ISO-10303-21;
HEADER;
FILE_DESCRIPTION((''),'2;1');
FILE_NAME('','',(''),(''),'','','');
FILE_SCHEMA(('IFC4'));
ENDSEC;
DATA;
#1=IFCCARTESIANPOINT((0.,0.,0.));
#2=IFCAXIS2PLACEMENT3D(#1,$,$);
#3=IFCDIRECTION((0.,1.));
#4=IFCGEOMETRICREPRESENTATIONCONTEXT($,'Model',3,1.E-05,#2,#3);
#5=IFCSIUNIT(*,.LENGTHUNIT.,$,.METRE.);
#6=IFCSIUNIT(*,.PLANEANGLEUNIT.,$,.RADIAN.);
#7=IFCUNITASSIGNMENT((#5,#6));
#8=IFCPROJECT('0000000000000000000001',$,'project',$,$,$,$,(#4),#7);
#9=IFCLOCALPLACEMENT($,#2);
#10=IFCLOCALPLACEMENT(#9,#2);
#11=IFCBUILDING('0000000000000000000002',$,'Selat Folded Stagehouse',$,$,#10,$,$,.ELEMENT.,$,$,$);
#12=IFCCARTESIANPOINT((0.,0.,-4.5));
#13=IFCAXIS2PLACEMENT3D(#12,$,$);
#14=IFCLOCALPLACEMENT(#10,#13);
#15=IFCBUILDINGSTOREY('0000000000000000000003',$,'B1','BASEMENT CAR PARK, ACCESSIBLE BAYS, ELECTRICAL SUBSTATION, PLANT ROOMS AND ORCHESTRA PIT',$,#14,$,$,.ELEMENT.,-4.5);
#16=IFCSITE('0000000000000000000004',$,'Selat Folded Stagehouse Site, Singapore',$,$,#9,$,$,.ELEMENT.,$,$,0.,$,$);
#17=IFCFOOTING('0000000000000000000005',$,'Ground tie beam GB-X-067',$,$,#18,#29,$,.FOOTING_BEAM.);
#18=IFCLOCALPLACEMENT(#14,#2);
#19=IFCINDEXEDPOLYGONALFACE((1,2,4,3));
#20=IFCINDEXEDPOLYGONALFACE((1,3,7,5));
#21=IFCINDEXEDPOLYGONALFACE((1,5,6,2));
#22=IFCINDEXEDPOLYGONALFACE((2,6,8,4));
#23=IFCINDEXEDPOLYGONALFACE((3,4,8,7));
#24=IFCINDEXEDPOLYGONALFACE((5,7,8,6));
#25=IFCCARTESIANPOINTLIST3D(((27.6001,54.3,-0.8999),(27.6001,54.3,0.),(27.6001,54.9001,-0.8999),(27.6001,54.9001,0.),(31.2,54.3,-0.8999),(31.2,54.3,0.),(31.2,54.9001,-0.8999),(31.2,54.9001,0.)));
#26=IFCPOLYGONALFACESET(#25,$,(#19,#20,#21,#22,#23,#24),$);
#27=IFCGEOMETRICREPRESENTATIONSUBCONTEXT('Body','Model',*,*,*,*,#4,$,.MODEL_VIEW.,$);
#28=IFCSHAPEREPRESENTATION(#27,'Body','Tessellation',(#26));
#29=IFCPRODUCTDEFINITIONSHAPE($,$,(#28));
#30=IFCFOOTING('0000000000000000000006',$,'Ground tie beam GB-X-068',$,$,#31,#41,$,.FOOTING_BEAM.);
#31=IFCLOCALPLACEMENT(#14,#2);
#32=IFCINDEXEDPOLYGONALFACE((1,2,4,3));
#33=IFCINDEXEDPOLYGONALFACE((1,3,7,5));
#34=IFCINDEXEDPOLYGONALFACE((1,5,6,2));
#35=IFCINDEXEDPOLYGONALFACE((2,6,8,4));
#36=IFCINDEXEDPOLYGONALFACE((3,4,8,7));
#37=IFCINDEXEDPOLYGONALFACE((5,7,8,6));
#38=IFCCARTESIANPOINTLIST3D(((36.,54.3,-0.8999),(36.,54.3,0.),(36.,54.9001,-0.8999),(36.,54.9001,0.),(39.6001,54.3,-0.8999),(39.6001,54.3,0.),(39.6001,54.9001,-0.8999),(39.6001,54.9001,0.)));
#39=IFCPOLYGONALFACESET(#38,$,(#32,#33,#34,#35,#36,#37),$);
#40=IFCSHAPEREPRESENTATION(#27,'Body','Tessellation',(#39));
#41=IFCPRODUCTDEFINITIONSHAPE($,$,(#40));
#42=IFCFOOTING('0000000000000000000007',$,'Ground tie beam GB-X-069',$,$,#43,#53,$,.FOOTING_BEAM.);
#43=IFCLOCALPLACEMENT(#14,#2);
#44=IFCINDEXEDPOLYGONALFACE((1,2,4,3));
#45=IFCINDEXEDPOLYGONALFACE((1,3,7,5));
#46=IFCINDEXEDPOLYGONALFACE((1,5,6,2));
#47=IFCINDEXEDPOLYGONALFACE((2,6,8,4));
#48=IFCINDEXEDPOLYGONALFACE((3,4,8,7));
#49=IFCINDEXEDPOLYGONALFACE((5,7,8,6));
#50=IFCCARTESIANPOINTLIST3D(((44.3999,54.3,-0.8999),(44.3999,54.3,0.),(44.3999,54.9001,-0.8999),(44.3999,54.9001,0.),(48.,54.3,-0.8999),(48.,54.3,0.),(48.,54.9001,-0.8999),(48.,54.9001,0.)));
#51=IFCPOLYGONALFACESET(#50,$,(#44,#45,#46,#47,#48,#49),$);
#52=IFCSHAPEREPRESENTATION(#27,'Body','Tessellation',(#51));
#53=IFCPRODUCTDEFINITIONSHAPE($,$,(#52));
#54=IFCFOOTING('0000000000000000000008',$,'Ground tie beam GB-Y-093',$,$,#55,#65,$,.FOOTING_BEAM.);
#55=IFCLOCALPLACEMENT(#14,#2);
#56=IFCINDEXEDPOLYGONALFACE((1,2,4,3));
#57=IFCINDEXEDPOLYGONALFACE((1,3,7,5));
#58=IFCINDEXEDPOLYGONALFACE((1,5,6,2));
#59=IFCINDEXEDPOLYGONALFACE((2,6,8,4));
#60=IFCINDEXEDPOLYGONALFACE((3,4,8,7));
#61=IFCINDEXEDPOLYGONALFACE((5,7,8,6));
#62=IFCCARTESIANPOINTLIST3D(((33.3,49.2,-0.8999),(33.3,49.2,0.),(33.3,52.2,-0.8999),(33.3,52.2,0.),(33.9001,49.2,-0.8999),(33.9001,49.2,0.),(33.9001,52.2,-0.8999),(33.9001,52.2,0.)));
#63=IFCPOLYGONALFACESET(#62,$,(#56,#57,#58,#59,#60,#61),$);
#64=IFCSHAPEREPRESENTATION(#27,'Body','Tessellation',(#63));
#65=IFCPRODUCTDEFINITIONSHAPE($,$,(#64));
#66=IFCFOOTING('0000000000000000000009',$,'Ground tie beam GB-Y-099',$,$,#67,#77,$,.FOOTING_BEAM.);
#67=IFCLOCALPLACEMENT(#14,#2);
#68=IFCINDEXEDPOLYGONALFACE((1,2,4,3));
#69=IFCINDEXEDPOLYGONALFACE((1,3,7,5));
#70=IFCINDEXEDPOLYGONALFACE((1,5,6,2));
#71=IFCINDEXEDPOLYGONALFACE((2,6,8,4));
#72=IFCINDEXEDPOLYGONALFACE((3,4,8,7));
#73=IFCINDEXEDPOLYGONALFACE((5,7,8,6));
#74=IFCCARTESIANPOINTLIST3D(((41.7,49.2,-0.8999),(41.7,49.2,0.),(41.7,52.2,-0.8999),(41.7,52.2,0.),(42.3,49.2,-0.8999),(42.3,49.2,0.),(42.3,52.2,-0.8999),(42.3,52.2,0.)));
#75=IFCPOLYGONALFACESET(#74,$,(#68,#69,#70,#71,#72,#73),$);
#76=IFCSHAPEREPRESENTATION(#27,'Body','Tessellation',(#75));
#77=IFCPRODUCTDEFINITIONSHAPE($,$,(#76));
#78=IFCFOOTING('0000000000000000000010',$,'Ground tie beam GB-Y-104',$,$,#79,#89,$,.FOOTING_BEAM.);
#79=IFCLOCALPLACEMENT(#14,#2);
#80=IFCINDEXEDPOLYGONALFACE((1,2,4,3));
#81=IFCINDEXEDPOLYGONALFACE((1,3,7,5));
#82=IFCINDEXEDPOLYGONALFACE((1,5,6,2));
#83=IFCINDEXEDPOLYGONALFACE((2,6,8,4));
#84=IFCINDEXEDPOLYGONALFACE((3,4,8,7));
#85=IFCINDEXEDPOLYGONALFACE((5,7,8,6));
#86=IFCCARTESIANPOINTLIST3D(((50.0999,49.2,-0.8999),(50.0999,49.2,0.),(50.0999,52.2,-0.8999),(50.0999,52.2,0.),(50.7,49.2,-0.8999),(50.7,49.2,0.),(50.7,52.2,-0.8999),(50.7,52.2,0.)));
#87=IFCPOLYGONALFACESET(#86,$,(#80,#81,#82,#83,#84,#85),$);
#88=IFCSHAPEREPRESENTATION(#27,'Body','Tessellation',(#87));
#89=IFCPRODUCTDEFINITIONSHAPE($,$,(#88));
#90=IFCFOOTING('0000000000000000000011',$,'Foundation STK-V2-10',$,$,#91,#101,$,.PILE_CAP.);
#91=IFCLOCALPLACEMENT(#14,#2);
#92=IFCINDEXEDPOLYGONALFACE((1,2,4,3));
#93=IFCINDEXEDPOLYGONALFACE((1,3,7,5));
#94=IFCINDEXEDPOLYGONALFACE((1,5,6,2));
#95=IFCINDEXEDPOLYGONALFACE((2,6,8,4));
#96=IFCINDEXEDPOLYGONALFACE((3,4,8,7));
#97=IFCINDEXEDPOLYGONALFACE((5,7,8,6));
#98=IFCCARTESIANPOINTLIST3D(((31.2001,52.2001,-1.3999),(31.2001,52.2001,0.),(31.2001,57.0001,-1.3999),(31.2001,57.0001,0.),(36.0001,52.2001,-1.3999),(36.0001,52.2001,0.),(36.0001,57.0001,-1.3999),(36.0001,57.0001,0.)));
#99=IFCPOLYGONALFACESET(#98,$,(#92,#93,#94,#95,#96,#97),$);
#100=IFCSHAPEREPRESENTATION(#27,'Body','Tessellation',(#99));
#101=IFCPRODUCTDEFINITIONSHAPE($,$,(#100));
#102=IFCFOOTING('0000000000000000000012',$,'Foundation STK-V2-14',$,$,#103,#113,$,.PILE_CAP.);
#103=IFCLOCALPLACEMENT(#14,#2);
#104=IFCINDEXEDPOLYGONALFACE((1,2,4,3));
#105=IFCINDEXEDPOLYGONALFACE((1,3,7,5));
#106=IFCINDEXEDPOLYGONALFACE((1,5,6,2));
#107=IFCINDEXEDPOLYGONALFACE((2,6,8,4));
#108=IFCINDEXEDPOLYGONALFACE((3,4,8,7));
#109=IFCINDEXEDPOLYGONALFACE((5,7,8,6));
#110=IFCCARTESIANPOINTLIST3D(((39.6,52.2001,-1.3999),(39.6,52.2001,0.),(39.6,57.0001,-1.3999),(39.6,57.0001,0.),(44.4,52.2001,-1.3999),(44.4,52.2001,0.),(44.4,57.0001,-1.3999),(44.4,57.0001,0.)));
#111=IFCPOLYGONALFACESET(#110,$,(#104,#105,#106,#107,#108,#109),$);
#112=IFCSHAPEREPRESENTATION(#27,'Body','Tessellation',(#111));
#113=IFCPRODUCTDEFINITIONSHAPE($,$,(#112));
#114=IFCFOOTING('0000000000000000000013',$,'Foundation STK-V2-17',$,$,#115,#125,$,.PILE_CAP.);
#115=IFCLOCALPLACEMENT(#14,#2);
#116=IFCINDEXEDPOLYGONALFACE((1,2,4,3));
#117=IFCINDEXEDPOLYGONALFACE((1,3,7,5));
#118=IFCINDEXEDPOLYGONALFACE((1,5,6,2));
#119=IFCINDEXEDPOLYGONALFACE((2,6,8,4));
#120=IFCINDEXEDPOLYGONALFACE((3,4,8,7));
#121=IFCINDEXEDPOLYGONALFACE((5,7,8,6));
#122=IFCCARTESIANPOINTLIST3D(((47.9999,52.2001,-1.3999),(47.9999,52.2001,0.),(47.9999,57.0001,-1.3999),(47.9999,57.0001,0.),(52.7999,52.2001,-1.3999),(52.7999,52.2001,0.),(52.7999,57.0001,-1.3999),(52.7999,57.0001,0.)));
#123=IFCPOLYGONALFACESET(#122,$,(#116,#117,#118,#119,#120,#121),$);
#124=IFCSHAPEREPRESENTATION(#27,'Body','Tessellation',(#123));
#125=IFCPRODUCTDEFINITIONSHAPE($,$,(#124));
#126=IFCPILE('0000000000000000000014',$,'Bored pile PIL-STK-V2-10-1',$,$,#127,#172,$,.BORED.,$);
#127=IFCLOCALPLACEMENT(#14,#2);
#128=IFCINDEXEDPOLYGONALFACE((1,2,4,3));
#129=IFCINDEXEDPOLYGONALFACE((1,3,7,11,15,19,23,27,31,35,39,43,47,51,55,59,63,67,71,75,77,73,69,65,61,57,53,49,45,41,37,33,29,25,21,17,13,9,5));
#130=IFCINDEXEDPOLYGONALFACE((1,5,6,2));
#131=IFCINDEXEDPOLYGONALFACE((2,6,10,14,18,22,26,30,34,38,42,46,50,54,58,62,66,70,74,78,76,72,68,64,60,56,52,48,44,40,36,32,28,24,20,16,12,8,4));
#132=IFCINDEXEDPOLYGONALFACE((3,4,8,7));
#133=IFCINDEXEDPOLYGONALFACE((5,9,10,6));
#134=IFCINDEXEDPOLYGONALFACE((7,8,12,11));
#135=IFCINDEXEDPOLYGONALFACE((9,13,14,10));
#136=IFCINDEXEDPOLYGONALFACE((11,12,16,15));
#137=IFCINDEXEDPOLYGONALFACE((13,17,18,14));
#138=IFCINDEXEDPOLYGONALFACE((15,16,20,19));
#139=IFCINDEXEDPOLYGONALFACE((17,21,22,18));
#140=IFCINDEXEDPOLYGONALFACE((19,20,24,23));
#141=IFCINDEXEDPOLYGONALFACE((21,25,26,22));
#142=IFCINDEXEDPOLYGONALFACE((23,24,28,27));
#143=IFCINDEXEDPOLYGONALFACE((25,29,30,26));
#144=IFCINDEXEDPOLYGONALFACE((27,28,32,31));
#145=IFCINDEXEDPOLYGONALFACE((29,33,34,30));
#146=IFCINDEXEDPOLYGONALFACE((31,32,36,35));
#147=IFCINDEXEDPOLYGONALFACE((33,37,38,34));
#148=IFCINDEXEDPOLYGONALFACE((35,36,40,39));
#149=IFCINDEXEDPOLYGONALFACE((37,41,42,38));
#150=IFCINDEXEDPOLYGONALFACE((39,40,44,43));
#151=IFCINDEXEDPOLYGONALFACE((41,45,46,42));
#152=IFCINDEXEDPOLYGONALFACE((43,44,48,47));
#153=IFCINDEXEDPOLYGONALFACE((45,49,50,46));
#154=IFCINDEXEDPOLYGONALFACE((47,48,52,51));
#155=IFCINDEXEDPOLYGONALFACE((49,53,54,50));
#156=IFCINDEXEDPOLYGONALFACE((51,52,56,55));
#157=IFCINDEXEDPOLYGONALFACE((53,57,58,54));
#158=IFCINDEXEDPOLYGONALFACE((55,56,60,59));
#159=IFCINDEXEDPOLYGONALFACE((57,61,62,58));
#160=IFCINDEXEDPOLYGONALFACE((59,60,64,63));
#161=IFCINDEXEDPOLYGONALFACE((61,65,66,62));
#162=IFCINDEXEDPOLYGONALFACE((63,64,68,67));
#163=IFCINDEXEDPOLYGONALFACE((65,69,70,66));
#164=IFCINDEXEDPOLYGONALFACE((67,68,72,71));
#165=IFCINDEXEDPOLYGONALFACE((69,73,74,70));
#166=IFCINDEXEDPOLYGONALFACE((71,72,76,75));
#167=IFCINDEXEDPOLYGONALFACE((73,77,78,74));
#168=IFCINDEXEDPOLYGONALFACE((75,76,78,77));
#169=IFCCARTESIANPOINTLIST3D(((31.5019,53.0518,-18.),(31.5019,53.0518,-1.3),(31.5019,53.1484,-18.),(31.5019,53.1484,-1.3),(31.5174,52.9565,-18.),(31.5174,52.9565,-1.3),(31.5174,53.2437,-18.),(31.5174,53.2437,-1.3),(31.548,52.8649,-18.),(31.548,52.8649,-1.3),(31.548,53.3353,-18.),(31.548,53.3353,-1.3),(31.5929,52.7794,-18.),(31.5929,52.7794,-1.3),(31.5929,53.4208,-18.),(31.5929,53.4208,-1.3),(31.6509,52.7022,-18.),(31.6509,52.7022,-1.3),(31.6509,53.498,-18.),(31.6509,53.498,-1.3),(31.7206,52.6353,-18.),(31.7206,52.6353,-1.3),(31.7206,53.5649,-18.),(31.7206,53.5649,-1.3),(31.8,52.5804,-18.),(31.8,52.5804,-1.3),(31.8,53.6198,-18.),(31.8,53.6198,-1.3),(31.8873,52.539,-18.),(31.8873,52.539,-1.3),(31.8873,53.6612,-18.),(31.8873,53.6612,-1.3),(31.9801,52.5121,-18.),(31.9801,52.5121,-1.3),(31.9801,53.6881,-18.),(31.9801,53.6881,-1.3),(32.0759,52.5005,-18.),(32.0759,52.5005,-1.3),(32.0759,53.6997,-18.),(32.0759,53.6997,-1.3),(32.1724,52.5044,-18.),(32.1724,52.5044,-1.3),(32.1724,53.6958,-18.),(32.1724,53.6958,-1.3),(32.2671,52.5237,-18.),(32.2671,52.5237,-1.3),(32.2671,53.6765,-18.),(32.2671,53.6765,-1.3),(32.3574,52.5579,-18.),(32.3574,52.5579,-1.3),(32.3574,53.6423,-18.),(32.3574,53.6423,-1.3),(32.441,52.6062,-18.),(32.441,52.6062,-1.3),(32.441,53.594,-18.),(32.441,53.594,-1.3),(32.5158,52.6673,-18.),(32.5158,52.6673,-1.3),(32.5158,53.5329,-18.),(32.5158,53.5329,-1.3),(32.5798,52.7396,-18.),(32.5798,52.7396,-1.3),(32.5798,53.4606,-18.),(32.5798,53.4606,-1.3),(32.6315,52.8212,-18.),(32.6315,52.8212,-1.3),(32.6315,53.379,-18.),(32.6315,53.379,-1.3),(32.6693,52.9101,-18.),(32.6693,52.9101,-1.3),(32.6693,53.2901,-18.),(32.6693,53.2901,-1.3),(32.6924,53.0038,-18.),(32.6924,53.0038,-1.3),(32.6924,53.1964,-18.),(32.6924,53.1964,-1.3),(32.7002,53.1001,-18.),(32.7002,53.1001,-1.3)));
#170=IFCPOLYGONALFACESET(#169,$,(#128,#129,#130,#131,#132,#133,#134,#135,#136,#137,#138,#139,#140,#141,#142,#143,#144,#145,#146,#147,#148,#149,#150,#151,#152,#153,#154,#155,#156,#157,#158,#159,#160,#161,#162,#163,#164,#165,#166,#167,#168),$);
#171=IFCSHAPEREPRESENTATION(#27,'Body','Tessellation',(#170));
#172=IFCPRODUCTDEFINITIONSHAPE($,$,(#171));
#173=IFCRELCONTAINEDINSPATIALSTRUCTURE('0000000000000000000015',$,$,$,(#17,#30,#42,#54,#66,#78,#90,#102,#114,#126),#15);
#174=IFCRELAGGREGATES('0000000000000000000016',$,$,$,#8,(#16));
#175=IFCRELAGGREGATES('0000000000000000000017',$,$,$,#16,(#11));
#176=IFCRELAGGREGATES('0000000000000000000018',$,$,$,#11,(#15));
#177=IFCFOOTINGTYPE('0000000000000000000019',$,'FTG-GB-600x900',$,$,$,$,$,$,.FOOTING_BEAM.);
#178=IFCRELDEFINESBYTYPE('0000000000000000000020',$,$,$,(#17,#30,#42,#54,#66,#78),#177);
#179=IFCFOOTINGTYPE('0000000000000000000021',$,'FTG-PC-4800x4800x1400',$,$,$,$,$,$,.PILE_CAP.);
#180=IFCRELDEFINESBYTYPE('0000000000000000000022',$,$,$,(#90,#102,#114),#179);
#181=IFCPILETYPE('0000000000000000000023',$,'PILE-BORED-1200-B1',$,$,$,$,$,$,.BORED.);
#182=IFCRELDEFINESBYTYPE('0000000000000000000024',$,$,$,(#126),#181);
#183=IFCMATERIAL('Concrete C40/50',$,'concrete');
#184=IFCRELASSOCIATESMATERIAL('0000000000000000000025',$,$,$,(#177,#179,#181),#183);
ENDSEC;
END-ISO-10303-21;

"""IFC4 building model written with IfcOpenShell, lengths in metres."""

from ifc_helpers import new_model, si_unit, direction, frame, origin, origin_2d, place, context, subcontext, project, spatial, rectangle, circle, extrude, material, material_profile, profile_set, type_object, element, save


model = new_model("IFC4")

# Units and contexts
model_context = context("Model", 3, precision=1e-05, world=origin(), true_north=direction((0.0, 1.0)))
body_context = subcontext(model_context, "Body", "Model", "MODEL_VIEW")
ifc_project = project(units=[si_unit("LENGTHUNIT", "METRE"), si_unit("PLANEANGLEUNIT", "RADIAN")], contexts=[model_context])

# Site, building, storey
site_placement = place(None, origin())
site = spatial("IfcSite", under=ifc_project, at=site_placement, Name="Selat Folded Stagehouse Site, Singapore", CompositionType="ELEMENT", RefElevation=0.0)
building_placement = place(site_placement, origin())
building = spatial("IfcBuilding", under=site, at=building_placement, Name="Selat Folded Stagehouse", CompositionType="ELEMENT")
storey_placement = place(building_placement, frame((0.0, 0.0, -4.5)))
storey = spatial("IfcBuildingStorey", under=building, at=storey_placement, Name="B1", Description="BASEMENT CAR PARK, ACCESSIBLE BAYS, ELECTRICAL SUBSTATION, PLANT ROOMS AND ORCHESTRA PIT", CompositionType="ELEMENT", Elevation=-4.5)

# Footings
ifc_material_1 = material(Name="Concrete C40/50", Category="concrete")
ifc_material_profile_1 = material_profile(ifc_material_1, rectangle(XDim=0.6001, YDim=0.8999, at=origin_2d()), Name="RC 900x600")
ifc_profile_set_1 = profile_set([ifc_material_profile_1], Name="Concrete C40/50")
footing_type_1 = type_object("IfcFootingType", Name="FTG-GB-600x900", PredefinedType="FOOTING_BEAM", material=ifc_profile_set_1)
footing_placement = place(storey_placement, frame((27.6001, 54.6001, -0.45), z_axis=(1.0, 0.0, 0.0), x_axis=(0.0, 1.0, 0.0)))
element("IfcFooting", 1, at=footing_placement, inside=storey, type_object=footing_type_1, Name="Ground tie beam GB-X-067", PredefinedType="FOOTING_BEAM", context=body_context, shape_type="SweptSolid", body=[
    extrude(rectangle(XDim=0.6001, YDim=0.8999, at=origin_2d()), origin(), (0.0, 0.0, 1.0), 3.5999),
])
for number, where, z_axis, x_axis, name in (
    (2, (36.0, 54.6001, -0.45), (1.0, 0.0, 0.0), (0.0, 1.0, 0.0), "Ground tie beam GB-X-068"),
    (3, (44.3999, 54.6001, -0.45), (1.0, 0.0, 0.0), (0.0, 1.0, 0.0), "Ground tie beam GB-X-069"),
):
    element("IfcFooting", number, at=place(storey_placement, frame(where, z_axis=z_axis, x_axis=x_axis)), inside=storey, type_object=footing_type_1, Name=name, PredefinedType="FOOTING_BEAM", context=body_context, shape_type="SweptSolid", body=[
        extrude(rectangle(XDim=0.6001, YDim=0.8999, at=origin_2d()), origin(), (0.0, 0.0, 1.0), 3.6001),
    ])
for number, where, z_axis, x_axis, name in (
    (4, (33.6001, 49.2, -0.45), (0.0, 1.0, 0.0), (-1.0, 0.0, 0.0), "Ground tie beam GB-Y-093"),
    (5, (42.0, 49.2, -0.45), (0.0, 1.0, 0.0), (-1.0, 0.0, 0.0), "Ground tie beam GB-Y-099"),
    (6, (50.3999, 49.2, -0.45), (0.0, 1.0, 0.0), (-1.0, 0.0, 0.0), "Ground tie beam GB-Y-104"),
):
    element("IfcFooting", number, at=place(storey_placement, frame(where, z_axis=z_axis, x_axis=x_axis)), inside=storey, type_object=footing_type_1, Name=name, PredefinedType="FOOTING_BEAM", context=body_context, shape_type="SweptSolid", body=[
        extrude(rectangle(XDim=0.6001, YDim=0.8999, at=origin_2d()), origin(), (0.0, 0.0, 1.0), 3.0),
    ])
footing_type_2 = type_object("IfcFootingType", Name="FTG-PC-4800x4800x1400", PredefinedType="PILE_CAP", material=ifc_material_1)
for number, where, z_axis, x_axis, name in (
    (7, (33.6001, 54.6001, -1.3999), (0.0, 0.0, 1.0), (1.0, 0.0, 0.0), "Foundation STK-V2-10"),
    (8, (42.0, 54.6001, -1.3999), (0.0, 0.0, 1.0), (1.0, 0.0, 0.0), "Foundation STK-V2-14"),
    (9, (50.3999, 54.6001, -1.3999), (0.0, 0.0, 1.0), (1.0, 0.0, 0.0), "Foundation STK-V2-17"),
):
    element("IfcFooting", number, at=place(storey_placement, frame(where, z_axis=z_axis, x_axis=x_axis)), inside=storey, type_object=footing_type_2, Name=name, PredefinedType="PILE_CAP", context=body_context, shape_type="SweptSolid", body=[
        extrude(rectangle(XDim=4.8, YDim=4.8, at=origin_2d()), origin(), (0.0, 0.0, 1.0), 1.3999),
    ])

# Pile
ifc_material_profile_2 = material_profile(ifc_material_1, circle(Radius=0.6001, at=origin_2d()), Name="PILE D1200")
ifc_profile_set_2 = profile_set([ifc_material_profile_2], Name="Concrete C40/50")
pile_type = type_object("IfcPileType", Name="PILE-BORED-1200-B1", PredefinedType="BORED", material=ifc_profile_set_2)
for number, where, z_axis, x_axis, name in (
    (10, (32.1001, 53.1001, -1.3), (0.0, 0.0, -1.0), (1.0, 0.0, 0.0), "Bored pile PIL-STK-V2-10-1"),
):
    element("IfcPile", number, at=place(storey_placement, frame(where, z_axis=z_axis, x_axis=x_axis)), inside=storey, type_object=pile_type, Name=name, PredefinedType="BORED", context=body_context, shape_type="SweptSolid", body=[
        extrude(circle(Radius=0.6001, at=origin_2d()), origin(), (0.0, 0.0, 1.0), 16.7),
    ])

save(model, "model.ifc")
